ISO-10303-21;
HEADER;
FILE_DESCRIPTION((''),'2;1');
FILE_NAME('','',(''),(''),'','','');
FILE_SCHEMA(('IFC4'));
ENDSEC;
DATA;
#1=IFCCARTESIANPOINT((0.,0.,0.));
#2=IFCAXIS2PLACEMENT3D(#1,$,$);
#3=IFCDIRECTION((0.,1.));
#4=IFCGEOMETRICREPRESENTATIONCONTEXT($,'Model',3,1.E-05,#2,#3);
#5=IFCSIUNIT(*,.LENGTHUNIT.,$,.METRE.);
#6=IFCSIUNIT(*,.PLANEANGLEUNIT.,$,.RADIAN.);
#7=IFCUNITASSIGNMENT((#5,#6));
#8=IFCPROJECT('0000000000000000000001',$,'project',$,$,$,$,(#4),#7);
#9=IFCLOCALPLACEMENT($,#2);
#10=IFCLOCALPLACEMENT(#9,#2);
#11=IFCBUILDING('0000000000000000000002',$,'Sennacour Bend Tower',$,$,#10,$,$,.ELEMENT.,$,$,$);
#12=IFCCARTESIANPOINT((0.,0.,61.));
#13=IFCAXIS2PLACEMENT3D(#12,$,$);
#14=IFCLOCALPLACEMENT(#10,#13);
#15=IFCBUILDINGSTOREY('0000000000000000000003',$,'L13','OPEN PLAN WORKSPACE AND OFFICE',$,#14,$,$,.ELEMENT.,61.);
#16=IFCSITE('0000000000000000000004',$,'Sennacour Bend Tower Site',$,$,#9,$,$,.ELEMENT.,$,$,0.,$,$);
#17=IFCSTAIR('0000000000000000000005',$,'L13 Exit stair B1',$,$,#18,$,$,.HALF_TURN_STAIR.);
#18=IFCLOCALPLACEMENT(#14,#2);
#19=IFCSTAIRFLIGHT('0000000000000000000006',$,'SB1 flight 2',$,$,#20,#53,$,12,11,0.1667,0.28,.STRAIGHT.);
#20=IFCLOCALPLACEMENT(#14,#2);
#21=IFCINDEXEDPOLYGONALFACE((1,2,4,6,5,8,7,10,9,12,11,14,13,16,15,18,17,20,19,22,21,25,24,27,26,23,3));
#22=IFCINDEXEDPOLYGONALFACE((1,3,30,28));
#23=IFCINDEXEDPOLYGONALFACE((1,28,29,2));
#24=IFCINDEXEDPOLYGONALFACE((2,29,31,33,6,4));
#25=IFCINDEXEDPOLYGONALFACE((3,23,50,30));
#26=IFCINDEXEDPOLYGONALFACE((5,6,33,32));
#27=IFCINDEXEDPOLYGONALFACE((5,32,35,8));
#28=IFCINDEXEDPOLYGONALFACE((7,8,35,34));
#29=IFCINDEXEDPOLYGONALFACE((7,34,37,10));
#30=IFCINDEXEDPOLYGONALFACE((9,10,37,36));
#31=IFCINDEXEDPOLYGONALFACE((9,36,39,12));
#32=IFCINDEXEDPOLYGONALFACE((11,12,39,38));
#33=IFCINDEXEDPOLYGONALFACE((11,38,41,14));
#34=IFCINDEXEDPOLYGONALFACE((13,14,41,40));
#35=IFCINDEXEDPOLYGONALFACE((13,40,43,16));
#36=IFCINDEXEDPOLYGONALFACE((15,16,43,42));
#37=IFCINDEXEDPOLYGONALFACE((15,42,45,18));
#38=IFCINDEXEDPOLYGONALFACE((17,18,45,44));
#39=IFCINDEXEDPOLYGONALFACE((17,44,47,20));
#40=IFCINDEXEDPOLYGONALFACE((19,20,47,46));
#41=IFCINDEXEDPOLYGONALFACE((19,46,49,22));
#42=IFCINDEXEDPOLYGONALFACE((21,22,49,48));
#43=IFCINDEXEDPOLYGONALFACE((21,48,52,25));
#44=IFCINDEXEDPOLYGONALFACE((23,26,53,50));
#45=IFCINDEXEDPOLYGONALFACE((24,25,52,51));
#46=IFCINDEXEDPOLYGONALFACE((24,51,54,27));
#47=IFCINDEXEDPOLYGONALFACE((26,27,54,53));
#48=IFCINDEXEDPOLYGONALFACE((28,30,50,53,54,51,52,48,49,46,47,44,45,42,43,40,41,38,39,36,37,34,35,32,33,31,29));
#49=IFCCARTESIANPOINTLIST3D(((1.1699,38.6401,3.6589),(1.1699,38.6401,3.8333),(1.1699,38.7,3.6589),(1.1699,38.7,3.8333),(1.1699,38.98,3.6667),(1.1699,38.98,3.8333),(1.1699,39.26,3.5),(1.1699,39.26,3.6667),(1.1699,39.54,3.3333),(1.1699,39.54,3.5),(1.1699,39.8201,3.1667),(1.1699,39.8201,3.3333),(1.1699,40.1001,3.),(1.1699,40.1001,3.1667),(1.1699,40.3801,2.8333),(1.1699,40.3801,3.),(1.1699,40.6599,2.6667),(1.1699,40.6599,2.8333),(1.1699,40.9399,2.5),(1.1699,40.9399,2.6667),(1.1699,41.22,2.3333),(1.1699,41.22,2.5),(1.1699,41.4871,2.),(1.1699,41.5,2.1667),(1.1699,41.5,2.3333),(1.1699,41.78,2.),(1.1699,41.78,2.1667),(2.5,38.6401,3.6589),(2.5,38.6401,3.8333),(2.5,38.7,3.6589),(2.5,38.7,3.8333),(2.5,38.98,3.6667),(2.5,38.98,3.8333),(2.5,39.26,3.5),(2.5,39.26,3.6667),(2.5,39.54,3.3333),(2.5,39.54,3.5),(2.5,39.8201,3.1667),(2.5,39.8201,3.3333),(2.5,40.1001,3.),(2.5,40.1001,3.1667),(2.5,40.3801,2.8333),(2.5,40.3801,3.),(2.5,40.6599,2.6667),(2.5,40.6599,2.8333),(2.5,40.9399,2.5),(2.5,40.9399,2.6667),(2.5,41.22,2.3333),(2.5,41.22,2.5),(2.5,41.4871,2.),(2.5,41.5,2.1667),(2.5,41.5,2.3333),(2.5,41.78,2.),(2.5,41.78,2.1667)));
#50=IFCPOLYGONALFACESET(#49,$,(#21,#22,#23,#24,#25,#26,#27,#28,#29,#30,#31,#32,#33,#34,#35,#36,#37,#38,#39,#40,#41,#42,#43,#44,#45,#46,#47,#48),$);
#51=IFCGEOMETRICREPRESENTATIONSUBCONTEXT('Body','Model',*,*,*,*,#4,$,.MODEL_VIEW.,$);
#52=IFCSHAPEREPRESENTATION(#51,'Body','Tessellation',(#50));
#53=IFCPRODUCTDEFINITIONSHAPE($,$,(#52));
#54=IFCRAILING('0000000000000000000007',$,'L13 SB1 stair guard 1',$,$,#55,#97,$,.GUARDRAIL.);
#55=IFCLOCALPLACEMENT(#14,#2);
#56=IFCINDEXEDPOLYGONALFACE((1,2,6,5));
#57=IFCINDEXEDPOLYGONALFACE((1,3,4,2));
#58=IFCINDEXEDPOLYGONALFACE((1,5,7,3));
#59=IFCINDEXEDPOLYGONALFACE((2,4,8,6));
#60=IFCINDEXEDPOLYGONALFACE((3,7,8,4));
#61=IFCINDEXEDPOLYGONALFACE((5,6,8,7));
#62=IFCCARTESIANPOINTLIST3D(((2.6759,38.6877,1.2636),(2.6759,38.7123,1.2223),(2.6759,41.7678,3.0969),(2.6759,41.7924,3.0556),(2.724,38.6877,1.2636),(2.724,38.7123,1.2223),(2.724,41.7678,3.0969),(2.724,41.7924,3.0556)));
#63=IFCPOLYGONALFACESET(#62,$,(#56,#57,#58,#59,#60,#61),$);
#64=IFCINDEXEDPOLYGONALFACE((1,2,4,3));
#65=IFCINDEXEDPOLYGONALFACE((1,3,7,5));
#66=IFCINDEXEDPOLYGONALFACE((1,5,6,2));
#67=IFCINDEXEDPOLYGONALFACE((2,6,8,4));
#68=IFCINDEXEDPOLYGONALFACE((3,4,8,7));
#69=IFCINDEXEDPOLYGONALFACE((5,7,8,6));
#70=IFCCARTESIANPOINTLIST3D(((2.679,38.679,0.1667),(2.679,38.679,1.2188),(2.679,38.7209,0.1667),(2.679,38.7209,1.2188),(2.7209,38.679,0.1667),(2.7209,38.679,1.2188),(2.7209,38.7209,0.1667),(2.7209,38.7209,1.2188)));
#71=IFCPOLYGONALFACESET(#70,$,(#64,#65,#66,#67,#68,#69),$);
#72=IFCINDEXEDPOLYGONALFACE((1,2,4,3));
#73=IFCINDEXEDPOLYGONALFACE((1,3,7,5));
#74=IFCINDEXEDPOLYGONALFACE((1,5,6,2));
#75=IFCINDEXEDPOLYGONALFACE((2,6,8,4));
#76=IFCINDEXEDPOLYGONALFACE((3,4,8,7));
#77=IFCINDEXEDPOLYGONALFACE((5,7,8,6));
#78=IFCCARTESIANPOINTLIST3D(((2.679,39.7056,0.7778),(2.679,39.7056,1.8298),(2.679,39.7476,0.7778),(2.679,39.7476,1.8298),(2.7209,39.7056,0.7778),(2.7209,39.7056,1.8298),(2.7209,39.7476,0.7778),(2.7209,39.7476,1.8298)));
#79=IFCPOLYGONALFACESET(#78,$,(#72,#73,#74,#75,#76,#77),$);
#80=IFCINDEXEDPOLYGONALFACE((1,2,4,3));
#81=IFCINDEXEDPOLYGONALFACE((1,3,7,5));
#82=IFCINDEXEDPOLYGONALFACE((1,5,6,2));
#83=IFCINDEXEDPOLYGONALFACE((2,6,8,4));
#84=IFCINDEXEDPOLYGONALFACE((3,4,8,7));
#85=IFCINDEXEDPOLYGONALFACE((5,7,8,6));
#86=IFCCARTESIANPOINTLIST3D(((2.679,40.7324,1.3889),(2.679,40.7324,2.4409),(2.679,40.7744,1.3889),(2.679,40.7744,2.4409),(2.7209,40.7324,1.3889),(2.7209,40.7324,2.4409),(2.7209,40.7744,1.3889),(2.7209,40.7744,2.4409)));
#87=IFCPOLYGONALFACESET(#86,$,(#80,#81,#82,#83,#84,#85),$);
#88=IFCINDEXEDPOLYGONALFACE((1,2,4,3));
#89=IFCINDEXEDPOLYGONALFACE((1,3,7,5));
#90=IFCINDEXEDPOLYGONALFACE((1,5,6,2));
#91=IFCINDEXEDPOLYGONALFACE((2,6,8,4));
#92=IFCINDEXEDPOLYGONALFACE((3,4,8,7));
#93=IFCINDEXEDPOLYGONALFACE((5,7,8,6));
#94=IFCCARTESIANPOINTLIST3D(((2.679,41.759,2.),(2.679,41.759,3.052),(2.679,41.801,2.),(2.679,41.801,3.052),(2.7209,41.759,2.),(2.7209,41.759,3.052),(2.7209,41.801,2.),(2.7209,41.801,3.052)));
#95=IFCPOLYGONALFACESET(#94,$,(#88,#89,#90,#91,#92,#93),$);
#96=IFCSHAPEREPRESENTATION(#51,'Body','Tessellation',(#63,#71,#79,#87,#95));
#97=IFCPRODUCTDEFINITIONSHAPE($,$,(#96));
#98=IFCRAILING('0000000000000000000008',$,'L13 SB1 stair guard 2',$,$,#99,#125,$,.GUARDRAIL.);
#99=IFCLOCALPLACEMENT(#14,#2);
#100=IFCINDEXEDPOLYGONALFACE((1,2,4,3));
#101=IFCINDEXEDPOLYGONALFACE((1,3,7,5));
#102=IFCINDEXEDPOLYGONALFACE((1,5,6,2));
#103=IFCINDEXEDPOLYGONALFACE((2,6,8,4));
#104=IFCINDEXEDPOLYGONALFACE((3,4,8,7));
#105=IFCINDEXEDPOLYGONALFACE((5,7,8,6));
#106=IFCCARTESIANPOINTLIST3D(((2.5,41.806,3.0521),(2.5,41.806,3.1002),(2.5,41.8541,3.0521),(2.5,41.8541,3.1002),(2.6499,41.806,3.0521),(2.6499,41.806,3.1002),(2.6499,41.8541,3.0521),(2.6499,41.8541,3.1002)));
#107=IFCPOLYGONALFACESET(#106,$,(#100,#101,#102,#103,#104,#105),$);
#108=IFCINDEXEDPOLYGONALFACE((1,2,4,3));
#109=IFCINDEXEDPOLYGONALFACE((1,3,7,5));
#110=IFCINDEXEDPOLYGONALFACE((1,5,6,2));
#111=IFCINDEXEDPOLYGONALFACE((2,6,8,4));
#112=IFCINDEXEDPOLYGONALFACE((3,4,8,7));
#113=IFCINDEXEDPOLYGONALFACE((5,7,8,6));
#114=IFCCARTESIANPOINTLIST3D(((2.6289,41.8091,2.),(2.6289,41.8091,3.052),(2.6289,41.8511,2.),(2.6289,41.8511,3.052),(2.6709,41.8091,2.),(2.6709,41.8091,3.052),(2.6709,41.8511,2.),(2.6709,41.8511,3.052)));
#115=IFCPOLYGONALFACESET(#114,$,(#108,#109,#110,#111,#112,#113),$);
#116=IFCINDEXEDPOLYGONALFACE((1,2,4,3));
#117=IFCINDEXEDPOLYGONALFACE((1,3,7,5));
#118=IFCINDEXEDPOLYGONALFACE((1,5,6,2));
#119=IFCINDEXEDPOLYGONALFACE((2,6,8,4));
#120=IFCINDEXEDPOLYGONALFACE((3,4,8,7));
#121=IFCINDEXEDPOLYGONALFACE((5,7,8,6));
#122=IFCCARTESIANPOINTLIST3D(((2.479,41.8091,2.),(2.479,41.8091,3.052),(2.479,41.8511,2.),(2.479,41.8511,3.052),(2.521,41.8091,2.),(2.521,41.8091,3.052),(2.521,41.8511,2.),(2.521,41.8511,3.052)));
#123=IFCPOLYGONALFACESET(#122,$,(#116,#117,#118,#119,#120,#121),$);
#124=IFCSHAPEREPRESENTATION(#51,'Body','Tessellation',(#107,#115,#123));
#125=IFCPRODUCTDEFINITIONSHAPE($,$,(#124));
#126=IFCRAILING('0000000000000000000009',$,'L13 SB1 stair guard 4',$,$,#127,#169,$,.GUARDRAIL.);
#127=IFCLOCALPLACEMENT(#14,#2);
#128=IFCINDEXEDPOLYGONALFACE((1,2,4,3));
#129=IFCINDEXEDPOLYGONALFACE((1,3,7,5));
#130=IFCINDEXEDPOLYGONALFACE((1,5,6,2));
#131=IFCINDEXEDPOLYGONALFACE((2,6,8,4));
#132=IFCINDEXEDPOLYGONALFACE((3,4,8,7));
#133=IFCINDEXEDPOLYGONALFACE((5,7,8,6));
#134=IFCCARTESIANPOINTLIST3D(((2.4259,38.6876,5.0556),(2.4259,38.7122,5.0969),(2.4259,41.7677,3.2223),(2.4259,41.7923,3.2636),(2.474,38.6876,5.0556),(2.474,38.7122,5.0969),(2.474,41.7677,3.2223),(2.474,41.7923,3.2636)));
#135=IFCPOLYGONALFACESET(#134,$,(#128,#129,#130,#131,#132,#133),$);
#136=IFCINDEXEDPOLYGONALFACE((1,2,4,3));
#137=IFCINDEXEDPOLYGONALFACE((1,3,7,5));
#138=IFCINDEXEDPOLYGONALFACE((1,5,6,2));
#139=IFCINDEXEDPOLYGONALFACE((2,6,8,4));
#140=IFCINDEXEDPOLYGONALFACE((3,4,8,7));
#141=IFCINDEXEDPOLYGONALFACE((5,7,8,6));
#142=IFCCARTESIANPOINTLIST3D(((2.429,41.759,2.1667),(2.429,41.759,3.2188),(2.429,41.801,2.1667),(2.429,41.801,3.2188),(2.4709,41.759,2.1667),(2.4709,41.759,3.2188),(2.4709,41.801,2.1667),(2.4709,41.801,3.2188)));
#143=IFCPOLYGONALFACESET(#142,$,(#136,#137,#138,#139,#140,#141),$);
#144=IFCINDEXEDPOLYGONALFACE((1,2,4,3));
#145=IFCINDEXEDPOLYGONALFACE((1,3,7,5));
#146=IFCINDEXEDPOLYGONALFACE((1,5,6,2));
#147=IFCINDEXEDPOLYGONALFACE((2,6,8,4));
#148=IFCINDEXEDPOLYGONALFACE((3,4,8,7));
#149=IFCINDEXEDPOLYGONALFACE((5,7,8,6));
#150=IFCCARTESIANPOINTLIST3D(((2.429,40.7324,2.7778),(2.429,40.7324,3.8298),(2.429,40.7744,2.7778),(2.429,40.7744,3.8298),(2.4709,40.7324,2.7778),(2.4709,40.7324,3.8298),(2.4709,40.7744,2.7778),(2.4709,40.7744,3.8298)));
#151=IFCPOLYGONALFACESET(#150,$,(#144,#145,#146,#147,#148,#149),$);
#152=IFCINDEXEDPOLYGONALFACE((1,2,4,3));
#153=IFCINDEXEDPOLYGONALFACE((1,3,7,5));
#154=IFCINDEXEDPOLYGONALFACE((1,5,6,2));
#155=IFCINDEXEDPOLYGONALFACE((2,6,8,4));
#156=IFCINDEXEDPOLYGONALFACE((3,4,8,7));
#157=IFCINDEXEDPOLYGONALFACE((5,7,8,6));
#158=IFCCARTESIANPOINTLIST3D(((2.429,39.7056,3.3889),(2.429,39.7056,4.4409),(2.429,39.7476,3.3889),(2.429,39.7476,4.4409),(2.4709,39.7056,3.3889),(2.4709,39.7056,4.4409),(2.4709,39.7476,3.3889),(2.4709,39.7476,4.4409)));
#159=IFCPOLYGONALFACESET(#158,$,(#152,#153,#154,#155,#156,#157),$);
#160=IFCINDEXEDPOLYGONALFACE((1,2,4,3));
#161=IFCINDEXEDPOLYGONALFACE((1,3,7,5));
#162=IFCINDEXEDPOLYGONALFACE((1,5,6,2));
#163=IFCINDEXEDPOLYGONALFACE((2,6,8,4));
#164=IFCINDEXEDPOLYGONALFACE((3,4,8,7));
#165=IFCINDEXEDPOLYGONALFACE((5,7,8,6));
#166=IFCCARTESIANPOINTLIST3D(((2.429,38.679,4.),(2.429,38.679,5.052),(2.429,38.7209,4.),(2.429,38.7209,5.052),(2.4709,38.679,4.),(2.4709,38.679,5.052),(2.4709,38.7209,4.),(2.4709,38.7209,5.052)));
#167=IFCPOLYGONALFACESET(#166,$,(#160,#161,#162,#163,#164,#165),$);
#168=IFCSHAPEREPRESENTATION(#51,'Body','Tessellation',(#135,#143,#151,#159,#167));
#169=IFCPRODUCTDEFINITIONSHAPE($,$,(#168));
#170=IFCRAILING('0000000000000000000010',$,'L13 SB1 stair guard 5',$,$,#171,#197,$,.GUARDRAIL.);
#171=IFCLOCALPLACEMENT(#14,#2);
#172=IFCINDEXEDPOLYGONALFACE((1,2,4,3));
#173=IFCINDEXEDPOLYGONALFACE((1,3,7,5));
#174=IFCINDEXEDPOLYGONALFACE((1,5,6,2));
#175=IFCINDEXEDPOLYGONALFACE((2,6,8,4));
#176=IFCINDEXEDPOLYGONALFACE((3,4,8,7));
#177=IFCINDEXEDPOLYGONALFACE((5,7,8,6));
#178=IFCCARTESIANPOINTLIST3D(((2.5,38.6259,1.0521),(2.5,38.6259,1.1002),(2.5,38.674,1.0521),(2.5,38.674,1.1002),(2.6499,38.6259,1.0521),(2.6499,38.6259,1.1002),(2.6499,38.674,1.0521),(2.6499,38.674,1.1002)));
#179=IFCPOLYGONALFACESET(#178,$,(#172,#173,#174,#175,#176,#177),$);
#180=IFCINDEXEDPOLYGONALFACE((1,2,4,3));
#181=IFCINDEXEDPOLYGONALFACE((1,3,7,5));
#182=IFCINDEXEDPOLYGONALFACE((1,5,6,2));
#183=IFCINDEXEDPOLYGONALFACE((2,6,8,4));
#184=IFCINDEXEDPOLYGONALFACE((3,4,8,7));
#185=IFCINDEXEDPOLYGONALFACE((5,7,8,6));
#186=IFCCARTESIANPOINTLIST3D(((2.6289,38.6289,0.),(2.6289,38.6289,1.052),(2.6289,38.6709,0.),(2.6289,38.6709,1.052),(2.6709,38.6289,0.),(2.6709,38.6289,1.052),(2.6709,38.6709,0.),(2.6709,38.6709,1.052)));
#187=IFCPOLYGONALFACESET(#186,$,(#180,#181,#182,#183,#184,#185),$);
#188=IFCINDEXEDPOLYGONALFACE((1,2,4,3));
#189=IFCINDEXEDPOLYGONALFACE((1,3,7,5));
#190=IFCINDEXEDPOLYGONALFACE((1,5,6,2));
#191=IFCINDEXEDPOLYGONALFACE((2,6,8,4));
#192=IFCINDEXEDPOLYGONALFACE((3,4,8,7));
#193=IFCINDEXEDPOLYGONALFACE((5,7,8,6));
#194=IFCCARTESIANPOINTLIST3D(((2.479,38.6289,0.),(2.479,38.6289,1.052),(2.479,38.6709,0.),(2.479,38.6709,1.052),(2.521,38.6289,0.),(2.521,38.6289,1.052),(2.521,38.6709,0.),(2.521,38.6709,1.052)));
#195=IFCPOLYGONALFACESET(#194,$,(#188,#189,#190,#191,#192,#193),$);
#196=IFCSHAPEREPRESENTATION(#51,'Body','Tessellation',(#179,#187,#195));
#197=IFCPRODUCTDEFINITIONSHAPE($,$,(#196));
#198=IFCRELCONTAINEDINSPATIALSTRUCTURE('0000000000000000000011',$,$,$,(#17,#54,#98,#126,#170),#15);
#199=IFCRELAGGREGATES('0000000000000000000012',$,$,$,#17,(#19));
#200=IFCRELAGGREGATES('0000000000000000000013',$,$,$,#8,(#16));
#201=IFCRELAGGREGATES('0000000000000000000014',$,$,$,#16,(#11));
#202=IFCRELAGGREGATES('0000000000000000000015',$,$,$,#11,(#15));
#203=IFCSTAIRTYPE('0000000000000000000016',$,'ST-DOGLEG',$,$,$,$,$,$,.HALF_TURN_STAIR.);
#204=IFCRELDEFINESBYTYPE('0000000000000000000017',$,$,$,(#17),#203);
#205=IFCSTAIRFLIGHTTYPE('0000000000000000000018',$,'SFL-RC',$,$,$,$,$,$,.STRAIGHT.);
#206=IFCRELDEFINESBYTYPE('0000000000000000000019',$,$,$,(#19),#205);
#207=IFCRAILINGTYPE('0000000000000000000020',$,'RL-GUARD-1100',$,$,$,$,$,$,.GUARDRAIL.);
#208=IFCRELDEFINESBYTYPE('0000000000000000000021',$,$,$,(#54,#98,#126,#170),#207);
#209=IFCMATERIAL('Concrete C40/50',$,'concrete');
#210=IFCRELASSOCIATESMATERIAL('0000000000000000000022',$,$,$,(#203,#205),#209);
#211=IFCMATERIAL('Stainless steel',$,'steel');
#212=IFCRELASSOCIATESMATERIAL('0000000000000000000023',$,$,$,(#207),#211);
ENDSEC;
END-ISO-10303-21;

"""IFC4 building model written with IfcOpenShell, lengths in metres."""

from ifc_helpers import new_model, si_unit, direction, frame, origin, origin_2d, place, context, subcontext, project, spatial, polyline, rectangle, outline, extrude, material, type_object, element, aggregate, save


model = new_model("IFC4")

# Units and contexts
model_context = context("Model", 3, precision=1e-05, world=origin(), true_north=direction((0.0, 1.0)))
body_context = subcontext(model_context, "Body", "Model", "MODEL_VIEW")
ifc_project = project(units=[si_unit("LENGTHUNIT", "METRE"), si_unit("PLANEANGLEUNIT", "RADIAN")], contexts=[model_context])

# Site, building, storey
site_placement = place(None, origin())
site = spatial("IfcSite", under=ifc_project, at=site_placement, Name="Sennacour Bend Tower Site", CompositionType="ELEMENT", RefElevation=0.0)
building_placement = place(site_placement, origin())
building = spatial("IfcBuilding", under=site, at=building_placement, Name="Sennacour Bend Tower", CompositionType="ELEMENT")
storey_placement = place(building_placement, frame((0.0, 0.0, 61.0)))
storey = spatial("IfcBuildingStorey", under=building, at=storey_placement, Name="L13", Description="OPEN PLAN WORKSPACE AND OFFICE", CompositionType="ELEMENT", Elevation=61.0)

# Stair, stair flight
ifc_material_1 = material(Name="Concrete C40/50", Category="concrete")
stair_type = type_object("IfcStairType", Name="ST-DOGLEG", PredefinedType="HALF_TURN_STAIR", material=ifc_material_1)
stair_placement = place(storey_placement, origin())
stair = element("IfcStair", 1, at=stair_placement, inside=storey, type_object=stair_type, Name="L13 Exit stair B1", PredefinedType="HALF_TURN_STAIR")
stair_flight_type = type_object("IfcStairFlightType", Name="SFL-RC", PredefinedType="STRAIGHT", material=ifc_material_1)
stair_flight_1_placement = place(storey_placement, frame((1.835, 41.78, 2.0), z_axis=(0.0, 0.0, 1.0), x_axis=(0.0, -1.0, 0.0)))
stair_flight_1 = element("IfcStairFlight", 2, at=stair_flight_1_placement, type_object=stair_flight_type, Name="SB1 flight 2", NumberOfRisers=12, NumberOfTreads=11, PredefinedType="STRAIGHT", RiserHeight=0.1667, TreadLength=0.28, context=body_context, shape_type="SweptSolid", body=[
    extrude(outline(polyline([(0.0, 0.0), (0.0, 0.1667), (0.28, 0.1667), (0.28, 0.3333), (0.5601, 0.3333), (0.5601, 0.5), (0.8401, 0.5), (0.8401, 0.6667), (1.1201, 0.6667), (1.1201, 0.8333), (1.3999, 0.8333), (1.3999, 1.0), (1.6799, 1.0), (1.6799, 1.1667), (1.96, 1.1667), (1.96, 1.3333), (2.24, 1.3333), (2.24, 1.5), (2.52, 1.5), (2.52, 1.6667), (2.8, 1.6667), (2.8, 1.8333), (3.0801, 1.8333), (3.1399, 1.8333), (3.1399, 1.6589), (3.0801, 1.6589), (0.293, 0.0), (0.0, 0.0)])), frame((0.0, 0.665, 0.0), z_axis=(0.0, -1.0, 0.0), x_axis=(1.0, 0.0, 0.0)), (0.0, 0.0, 1.0), 1.3301),
])
aggregate(stair, [stair_flight_1])

# Railings
ifc_material_2 = material(Name="Stainless steel", Category="steel")
railing_type_1 = type_object("IfcRailingType", Name="RL-GUARD-1100", PredefinedType="GUARDRAIL", material=ifc_material_2)
railing_1_placement = place(storey_placement, frame((2.7, 38.7, 0.1667)))
element("IfcRailing", 3, at=railing_1_placement, inside=storey, type_object=railing_type_1, Name="L13 SB1 stair guard 1", PredefinedType="GUARDRAIL", context=body_context, shape_type="SweptSolid", body=[
    extrude(rectangle(XDim=0.0481, YDim=0.0481, at=origin_2d()), frame((0.0, 0.0, 1.0762), z_axis=(0.0, 0.859309, 0.511458), x_axis=(-1.0, 0.0, 0.0)), (0.0, 0.0, 1.0), 3.5845),
    extrude(rectangle(XDim=0.042, YDim=0.042, at=origin_2d()), origin(), (0.0, 0.0, 1.0), 1.052),
    extrude(rectangle(XDim=0.042, YDim=0.042, at=origin_2d()), frame((0.0, 1.0266, 0.6111)), (0.0, 0.0, 1.0), 1.052),
    extrude(rectangle(XDim=0.042, YDim=0.042, at=origin_2d()), frame((0.0, 2.0535, 1.2222)), (0.0, 0.0, 1.0), 1.052),
    extrude(rectangle(XDim=0.042, YDim=0.042, at=origin_2d()), frame((0.0, 3.0801, 1.8333)), (0.0, 0.0, 1.0), 1.052),
])
railing_2_placement = place(storey_placement, frame((2.6499, 41.8301, 2.0)))
element("IfcRailing", 4, at=railing_2_placement, inside=storey, type_object=railing_type_1, Name="L13 SB1 stair guard 2", PredefinedType="GUARDRAIL", context=body_context, shape_type="SweptSolid", body=[
    extrude(rectangle(XDim=0.0481, YDim=0.0481, at=origin_2d()), frame((0.0, 0.0, 1.0762), z_axis=(-1.0, 0.0, 0.0), x_axis=(0.0, -1.0, 0.0)), (0.0, 0.0, 1.0), 0.1499),
    extrude(rectangle(XDim=0.042, YDim=0.042, at=origin_2d()), origin(), (0.0, 0.0, 1.0), 1.052),
    extrude(rectangle(XDim=0.042, YDim=0.042, at=origin_2d()), frame((-0.1499, 0.0, 0.0)), (0.0, 0.0, 1.0), 1.052),
])
railing_3_placement = place(storey_placement, frame((2.45, 41.78, 2.1667)))
element("IfcRailing", 5, at=railing_3_placement, inside=storey, type_object=railing_type_1, Name="L13 SB1 stair guard 4", PredefinedType="GUARDRAIL", context=body_context, shape_type="SweptSolid", body=[
    extrude(rectangle(XDim=0.0481, YDim=0.0481, at=origin_2d()), frame((0.0, 0.0, 1.0762), z_axis=(0.0, -0.859309, 0.511458), x_axis=(1.0, 0.0, 0.0)), (0.0, 0.0, 1.0), 3.5845),
    extrude(rectangle(XDim=0.042, YDim=0.042, at=origin_2d()), origin(), (0.0, 0.0, 1.0), 1.052),
    extrude(rectangle(XDim=0.042, YDim=0.042, at=origin_2d()), frame((0.0, -1.0266, 0.6111)), (0.0, 0.0, 1.0), 1.052),
    extrude(rectangle(XDim=0.042, YDim=0.042, at=origin_2d()), frame((0.0, -2.0535, 1.2222)), (0.0, 0.0, 1.0), 1.052),
    extrude(rectangle(XDim=0.042, YDim=0.042, at=origin_2d()), frame((0.0, -3.0801, 1.8333)), (0.0, 0.0, 1.0), 1.052),
])
railing_4_placement = place(storey_placement, frame((2.6499, 38.6499, 0.0)))
element("IfcRailing", 6, at=railing_4_placement, inside=storey, type_object=railing_type_1, Name="L13 SB1 stair guard 5", PredefinedType="GUARDRAIL", context=body_context, shape_type="SweptSolid", body=[
    extrude(rectangle(XDim=0.0481, YDim=0.0481, at=origin_2d()), frame((0.0, 0.0, 1.0762), z_axis=(-1.0, 0.0, 0.0), x_axis=(0.0, -1.0, 0.0)), (0.0, 0.0, 1.0), 0.1499),
    extrude(rectangle(XDim=0.042, YDim=0.042, at=origin_2d()), origin(), (0.0, 0.0, 1.0), 1.052),
    extrude(rectangle(XDim=0.042, YDim=0.042, at=origin_2d()), frame((-0.1499, 0.0, 0.0)), (0.0, 0.0, 1.0), 1.052),
])

save(model, "model.ifc")
